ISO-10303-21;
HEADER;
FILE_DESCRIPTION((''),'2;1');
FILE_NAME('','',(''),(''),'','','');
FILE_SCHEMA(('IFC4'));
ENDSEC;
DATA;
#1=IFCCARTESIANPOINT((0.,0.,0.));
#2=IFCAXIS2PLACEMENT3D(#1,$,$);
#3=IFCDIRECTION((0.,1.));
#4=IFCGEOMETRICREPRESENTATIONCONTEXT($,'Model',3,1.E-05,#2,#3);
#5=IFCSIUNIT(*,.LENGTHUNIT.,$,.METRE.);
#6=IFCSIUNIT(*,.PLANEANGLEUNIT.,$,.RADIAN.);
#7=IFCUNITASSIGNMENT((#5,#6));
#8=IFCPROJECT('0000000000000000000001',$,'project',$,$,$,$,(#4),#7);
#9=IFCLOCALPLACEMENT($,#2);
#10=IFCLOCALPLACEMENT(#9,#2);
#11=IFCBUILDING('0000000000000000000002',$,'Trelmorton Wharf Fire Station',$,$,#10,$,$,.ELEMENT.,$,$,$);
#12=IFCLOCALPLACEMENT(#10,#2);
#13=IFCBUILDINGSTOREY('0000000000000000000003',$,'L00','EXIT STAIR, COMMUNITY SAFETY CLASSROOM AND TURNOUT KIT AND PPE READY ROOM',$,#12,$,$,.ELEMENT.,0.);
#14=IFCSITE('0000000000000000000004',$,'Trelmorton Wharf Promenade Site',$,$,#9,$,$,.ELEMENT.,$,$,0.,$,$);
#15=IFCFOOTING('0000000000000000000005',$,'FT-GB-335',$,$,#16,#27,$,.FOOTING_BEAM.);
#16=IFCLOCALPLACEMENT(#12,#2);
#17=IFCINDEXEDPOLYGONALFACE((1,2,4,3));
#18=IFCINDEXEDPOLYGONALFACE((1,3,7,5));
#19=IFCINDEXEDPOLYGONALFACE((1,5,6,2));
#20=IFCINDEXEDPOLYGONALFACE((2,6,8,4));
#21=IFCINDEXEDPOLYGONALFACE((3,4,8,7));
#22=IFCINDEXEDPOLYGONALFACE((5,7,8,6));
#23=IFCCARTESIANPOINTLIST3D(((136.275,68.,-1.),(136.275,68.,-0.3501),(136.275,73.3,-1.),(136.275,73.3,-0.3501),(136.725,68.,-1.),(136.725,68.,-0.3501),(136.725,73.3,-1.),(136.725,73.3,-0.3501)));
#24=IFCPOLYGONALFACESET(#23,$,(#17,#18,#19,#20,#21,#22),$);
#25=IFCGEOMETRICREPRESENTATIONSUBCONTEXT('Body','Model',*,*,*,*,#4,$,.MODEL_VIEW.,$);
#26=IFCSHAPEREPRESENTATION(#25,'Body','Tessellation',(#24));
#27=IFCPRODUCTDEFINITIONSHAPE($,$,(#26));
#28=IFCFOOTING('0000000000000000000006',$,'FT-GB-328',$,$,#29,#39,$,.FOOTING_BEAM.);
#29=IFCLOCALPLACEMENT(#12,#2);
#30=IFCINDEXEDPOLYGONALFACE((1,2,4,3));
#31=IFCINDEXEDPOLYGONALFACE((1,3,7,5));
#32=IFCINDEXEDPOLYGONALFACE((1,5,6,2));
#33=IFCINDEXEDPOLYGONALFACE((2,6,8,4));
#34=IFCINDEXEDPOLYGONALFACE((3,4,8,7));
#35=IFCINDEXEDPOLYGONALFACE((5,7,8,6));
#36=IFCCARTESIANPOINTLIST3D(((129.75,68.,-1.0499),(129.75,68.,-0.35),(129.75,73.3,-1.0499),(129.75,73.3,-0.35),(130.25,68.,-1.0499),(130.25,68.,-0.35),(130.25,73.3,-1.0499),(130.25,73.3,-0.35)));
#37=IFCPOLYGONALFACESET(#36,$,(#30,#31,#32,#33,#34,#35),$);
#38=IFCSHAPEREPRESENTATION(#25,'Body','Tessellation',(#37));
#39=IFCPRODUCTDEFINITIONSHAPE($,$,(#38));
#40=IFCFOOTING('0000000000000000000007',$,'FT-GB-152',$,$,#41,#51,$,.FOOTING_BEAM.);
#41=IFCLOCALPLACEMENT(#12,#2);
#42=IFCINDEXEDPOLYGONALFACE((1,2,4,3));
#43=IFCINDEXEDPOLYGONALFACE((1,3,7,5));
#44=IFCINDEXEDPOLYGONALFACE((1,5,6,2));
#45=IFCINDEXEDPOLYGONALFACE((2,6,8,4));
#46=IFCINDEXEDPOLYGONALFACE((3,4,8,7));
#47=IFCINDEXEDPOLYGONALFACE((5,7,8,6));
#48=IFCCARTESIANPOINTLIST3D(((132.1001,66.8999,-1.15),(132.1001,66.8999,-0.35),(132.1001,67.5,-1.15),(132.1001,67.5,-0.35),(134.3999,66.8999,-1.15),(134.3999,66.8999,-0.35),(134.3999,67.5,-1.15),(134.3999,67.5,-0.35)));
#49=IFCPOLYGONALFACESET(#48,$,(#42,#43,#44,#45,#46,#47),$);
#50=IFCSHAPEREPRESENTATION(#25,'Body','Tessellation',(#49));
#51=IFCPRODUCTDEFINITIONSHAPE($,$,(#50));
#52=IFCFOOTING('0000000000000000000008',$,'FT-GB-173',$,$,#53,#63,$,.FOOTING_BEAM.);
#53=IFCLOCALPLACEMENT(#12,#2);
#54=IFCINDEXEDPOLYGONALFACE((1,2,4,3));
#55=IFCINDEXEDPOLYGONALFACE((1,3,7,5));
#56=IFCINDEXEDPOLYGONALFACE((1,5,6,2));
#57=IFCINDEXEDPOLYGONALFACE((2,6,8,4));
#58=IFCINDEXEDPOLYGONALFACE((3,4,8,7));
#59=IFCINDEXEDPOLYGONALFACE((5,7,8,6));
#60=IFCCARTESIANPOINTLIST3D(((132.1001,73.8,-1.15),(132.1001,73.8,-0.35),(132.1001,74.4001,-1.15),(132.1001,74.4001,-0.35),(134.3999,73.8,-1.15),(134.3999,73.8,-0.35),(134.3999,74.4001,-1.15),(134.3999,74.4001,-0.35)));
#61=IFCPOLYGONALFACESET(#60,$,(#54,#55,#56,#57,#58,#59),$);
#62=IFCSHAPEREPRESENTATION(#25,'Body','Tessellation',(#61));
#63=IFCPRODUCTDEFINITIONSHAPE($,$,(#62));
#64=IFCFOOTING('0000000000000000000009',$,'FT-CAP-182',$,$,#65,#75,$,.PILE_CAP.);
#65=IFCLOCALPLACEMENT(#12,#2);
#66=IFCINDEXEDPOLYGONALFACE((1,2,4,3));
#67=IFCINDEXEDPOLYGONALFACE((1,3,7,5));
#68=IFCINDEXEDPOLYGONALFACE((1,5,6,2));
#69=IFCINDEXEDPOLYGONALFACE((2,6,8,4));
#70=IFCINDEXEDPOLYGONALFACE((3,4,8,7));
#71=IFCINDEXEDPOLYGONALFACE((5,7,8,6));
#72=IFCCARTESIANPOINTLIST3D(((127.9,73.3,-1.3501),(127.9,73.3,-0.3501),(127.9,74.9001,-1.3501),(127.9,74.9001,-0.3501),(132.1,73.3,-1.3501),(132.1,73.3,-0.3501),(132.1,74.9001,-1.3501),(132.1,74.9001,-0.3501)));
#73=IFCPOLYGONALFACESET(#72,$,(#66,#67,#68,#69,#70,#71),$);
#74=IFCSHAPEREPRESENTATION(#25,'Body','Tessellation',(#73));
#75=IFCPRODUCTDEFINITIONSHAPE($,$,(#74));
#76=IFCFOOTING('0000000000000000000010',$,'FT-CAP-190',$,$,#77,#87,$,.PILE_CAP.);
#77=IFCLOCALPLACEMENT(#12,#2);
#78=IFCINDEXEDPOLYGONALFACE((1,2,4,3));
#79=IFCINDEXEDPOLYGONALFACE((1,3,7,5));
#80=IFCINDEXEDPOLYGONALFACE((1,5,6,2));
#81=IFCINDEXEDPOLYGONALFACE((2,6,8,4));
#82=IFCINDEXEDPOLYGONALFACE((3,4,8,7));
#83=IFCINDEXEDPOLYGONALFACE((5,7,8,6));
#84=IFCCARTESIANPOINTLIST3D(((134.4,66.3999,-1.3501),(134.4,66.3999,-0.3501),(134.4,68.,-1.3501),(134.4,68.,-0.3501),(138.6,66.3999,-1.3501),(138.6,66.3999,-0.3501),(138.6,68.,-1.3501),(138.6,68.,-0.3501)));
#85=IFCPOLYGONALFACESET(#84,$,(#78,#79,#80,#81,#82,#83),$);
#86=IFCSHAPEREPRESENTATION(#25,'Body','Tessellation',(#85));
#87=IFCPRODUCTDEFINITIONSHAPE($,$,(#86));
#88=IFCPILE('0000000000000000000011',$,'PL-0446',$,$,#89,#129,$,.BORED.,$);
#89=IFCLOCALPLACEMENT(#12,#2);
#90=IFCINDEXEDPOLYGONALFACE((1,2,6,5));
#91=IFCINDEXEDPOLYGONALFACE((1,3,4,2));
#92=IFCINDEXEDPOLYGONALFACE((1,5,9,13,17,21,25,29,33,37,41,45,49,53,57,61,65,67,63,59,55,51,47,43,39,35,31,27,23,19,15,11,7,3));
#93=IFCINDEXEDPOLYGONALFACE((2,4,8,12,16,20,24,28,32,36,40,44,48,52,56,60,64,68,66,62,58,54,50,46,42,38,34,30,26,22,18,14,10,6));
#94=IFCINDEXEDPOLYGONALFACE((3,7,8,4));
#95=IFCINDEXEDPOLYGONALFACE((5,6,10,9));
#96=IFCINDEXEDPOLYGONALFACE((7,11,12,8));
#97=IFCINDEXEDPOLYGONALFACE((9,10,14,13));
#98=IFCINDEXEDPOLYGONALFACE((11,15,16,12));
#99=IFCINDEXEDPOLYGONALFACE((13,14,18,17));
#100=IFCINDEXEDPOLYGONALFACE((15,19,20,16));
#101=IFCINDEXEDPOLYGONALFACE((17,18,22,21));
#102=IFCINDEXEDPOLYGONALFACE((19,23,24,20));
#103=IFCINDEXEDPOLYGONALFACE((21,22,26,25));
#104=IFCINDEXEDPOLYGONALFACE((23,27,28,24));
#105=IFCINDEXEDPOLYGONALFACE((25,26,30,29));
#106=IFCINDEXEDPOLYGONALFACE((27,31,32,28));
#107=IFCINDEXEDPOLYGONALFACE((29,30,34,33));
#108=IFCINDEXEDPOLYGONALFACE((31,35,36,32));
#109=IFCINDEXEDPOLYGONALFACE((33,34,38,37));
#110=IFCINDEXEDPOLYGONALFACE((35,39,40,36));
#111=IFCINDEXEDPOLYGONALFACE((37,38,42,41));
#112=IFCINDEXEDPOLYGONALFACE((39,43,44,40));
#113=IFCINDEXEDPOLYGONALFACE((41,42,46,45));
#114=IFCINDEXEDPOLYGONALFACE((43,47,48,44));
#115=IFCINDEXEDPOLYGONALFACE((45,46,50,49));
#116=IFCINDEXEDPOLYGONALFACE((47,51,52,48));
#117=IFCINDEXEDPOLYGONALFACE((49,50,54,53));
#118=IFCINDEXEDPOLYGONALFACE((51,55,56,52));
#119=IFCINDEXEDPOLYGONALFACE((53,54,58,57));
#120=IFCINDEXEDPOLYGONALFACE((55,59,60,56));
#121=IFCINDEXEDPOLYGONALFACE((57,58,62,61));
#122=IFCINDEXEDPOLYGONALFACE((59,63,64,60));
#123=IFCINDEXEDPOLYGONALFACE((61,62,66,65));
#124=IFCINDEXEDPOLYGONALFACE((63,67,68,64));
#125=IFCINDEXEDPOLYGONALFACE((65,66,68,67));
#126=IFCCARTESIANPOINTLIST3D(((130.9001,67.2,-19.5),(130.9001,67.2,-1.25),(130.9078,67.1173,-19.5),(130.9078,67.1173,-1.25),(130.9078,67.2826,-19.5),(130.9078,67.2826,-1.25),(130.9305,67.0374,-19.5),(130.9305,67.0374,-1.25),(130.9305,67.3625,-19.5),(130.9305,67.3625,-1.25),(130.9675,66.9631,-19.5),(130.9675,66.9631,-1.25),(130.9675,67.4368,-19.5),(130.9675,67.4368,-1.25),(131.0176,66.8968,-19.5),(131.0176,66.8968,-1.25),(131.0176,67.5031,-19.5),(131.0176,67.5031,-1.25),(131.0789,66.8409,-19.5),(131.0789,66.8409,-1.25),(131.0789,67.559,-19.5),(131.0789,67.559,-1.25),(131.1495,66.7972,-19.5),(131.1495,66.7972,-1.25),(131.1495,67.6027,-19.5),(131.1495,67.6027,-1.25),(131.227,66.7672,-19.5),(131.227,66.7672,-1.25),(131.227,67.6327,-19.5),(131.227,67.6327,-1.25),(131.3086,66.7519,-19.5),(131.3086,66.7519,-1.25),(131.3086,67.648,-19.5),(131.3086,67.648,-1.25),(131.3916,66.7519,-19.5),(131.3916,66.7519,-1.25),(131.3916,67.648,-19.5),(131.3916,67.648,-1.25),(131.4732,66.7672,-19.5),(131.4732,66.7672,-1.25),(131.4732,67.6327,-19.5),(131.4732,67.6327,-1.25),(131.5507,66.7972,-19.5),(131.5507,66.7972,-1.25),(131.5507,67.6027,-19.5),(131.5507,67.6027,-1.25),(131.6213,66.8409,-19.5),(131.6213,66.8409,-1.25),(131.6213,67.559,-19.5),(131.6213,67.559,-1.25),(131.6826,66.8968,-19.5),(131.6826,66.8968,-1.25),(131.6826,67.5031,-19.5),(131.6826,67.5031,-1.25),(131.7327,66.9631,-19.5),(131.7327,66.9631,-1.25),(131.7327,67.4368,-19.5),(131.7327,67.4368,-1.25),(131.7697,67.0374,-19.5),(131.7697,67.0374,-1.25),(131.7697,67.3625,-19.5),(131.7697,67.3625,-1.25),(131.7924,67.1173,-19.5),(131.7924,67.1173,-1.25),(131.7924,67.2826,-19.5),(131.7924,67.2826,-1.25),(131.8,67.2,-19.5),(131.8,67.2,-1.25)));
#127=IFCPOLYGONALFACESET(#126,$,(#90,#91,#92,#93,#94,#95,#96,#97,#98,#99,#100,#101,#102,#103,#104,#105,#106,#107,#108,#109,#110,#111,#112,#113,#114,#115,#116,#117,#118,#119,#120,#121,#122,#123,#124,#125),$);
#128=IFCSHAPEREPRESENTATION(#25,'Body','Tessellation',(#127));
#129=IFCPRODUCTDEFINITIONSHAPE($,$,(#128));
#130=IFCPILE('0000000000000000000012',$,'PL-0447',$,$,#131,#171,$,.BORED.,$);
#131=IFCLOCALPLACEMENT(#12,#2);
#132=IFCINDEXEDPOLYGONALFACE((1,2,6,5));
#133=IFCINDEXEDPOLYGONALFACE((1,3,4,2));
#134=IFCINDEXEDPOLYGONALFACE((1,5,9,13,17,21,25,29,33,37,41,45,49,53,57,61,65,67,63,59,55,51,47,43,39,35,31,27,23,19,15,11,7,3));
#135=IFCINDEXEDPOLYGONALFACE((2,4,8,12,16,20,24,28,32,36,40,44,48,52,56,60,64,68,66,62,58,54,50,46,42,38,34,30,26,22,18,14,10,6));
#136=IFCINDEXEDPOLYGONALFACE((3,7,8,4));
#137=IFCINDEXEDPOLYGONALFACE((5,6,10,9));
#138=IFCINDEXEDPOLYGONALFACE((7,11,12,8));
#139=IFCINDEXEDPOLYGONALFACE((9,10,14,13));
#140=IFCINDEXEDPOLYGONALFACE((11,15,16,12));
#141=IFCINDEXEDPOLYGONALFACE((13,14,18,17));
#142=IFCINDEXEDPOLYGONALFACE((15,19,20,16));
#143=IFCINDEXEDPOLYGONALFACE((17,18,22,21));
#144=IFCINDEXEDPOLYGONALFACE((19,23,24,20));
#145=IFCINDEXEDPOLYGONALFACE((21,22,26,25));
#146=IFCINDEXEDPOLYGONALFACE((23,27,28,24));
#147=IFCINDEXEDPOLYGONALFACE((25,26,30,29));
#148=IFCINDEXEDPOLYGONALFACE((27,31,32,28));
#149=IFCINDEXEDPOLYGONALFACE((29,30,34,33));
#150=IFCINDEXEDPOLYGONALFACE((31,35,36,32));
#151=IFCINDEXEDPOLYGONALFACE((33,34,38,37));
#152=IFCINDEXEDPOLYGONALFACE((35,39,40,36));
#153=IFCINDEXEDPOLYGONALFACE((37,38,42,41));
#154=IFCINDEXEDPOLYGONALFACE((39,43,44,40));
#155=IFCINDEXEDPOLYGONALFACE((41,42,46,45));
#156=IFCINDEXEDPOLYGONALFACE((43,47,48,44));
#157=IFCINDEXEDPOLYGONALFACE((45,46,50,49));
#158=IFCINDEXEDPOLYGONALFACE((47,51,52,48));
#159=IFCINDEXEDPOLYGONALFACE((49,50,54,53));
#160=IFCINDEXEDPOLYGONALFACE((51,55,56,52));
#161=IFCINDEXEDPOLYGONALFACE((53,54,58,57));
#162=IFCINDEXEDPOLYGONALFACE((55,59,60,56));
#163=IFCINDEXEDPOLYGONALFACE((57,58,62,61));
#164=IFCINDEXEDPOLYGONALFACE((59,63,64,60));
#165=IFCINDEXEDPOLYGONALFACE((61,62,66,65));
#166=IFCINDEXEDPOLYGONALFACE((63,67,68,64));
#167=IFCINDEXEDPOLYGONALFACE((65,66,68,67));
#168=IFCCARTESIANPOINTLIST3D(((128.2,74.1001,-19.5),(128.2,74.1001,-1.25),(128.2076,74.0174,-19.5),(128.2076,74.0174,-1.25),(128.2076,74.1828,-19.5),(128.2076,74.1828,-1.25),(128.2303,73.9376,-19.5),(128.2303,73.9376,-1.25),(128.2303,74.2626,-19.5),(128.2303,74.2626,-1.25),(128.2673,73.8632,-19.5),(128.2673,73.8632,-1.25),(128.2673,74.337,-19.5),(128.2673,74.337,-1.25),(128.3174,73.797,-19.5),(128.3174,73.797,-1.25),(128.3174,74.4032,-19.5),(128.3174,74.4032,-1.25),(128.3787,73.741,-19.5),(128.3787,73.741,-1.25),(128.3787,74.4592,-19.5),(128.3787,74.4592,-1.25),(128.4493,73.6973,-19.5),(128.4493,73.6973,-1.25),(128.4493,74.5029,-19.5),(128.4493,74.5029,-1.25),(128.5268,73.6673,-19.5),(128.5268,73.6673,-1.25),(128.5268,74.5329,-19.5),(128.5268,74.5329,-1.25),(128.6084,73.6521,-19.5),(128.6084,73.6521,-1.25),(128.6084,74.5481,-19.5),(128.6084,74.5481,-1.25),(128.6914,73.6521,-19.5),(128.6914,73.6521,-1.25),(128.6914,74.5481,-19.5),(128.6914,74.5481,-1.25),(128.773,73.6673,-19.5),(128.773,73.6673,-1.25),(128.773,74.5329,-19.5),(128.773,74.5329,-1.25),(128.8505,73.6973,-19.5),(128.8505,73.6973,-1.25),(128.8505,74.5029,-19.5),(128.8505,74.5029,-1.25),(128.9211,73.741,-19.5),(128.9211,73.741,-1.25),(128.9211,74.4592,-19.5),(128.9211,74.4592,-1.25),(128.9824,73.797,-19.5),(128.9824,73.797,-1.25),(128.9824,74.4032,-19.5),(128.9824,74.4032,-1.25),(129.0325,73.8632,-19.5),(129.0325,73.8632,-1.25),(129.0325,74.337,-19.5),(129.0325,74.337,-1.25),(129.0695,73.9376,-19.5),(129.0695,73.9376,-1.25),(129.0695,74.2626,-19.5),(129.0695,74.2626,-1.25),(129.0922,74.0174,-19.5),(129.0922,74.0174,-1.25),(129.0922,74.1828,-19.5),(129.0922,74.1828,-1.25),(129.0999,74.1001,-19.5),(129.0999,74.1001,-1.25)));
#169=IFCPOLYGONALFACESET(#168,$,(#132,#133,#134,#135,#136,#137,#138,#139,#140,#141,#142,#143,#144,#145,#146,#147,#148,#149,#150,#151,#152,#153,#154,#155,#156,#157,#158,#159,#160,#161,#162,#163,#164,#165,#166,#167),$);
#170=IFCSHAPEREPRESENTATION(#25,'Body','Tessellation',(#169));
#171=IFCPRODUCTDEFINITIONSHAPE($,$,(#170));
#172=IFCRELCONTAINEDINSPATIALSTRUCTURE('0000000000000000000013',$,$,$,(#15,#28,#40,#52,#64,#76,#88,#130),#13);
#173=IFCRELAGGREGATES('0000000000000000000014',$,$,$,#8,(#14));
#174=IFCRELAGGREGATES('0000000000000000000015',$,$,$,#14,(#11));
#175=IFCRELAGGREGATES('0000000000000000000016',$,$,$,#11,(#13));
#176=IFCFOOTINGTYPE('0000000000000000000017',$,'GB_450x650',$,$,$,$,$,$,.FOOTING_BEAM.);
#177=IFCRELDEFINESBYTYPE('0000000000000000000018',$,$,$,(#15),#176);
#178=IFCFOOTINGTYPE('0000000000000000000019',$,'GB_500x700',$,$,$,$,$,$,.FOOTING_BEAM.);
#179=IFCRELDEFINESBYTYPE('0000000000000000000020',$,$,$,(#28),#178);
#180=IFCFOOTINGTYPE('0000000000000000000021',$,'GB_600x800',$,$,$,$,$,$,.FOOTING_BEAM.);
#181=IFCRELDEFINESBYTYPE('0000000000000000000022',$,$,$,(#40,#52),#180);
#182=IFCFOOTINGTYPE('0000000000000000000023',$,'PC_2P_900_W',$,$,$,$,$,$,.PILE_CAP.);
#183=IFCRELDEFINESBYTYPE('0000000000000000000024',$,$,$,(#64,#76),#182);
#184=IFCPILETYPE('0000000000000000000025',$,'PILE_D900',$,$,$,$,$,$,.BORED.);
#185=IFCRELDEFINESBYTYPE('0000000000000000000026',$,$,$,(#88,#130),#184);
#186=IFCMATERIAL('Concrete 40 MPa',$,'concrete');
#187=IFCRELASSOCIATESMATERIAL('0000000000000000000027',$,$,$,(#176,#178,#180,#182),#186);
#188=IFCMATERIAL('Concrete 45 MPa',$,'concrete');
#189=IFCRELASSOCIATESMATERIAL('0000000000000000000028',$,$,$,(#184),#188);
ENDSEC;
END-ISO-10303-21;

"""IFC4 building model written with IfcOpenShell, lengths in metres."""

from ifc_helpers import new_model, si_unit, direction, frame, origin, origin_2d, place, context, subcontext, project, spatial, rectangle, circle, extrude, material, material_profile, profile_set, type_object, element, save


model = new_model("IFC4")

# Units and contexts
model_context = context("Model", 3, precision=1e-05, world=origin(), true_north=direction((0.0, 1.0)))
body_context = subcontext(model_context, "Body", "Model", "MODEL_VIEW")
ifc_project = project(units=[si_unit("LENGTHUNIT", "METRE"), si_unit("PLANEANGLEUNIT", "RADIAN")], contexts=[model_context])

# Site, building, storey
site_placement = place(None, origin())
site = spatial("IfcSite", under=ifc_project, at=site_placement, Name="Trelmorton Wharf Promenade Site", CompositionType="ELEMENT", RefElevation=0.0)
building_placement = place(site_placement, origin())
building = spatial("IfcBuilding", under=site, at=building_placement, Name="Trelmorton Wharf Fire Station", CompositionType="ELEMENT")
storey_placement = place(building_placement, origin())
storey = spatial("IfcBuildingStorey", under=building, at=storey_placement, Name="L00", Description="EXIT STAIR, COMMUNITY SAFETY CLASSROOM AND TURNOUT KIT AND PPE READY ROOM", CompositionType="ELEMENT", Elevation=0.0)

# Footings
ifc_material_1 = material(Name="Concrete 40 MPa", Category="concrete")
ifc_material_profile_1 = material_profile(ifc_material_1, rectangle(XDim=0.45, YDim=0.6499, at=origin_2d()), Name="RC450x650")
ifc_profile_set_1 = profile_set([ifc_material_profile_1], Name="Concrete 40 MPa")
footing_type_1 = type_object("IfcFootingType", Name="GB_450x650", PredefinedType="FOOTING_BEAM", material=ifc_profile_set_1)
footing_1_placement = place(storey_placement, frame((136.5, 68.0, -0.675), z_axis=(0.0, 1.0, 0.0), x_axis=(-1.0, 0.0, 0.0)))
element("IfcFooting", 1, at=footing_1_placement, inside=storey, type_object=footing_type_1, Name="FT-GB-335", PredefinedType="FOOTING_BEAM", context=body_context, shape_type="SweptSolid", body=[
    extrude(rectangle(XDim=0.45, YDim=0.6499, at=origin_2d()), origin(), (0.0, 0.0, 1.0), 5.3),
])
ifc_material_profile_2 = material_profile(ifc_material_1, rectangle(XDim=0.5, YDim=0.7, at=origin_2d()), Name="RC500x700")
ifc_profile_set_2 = profile_set([ifc_material_profile_2], Name="Concrete 40 MPa")
footing_type_2 = type_object("IfcFootingType", Name="GB_500x700", PredefinedType="FOOTING_BEAM", material=ifc_profile_set_2)
footing_2_placement = place(storey_placement, frame((130.0, 68.0, -0.7), z_axis=(0.0, 1.0, 0.0), x_axis=(-1.0, 0.0, 0.0)))
element("IfcFooting", 2, at=footing_2_placement, inside=storey, type_object=footing_type_2, Name="FT-GB-328", PredefinedType="FOOTING_BEAM", context=body_context, shape_type="SweptSolid", body=[
    extrude(rectangle(XDim=0.5, YDim=0.7, at=origin_2d()), origin(), (0.0, 0.0, 1.0), 5.3),
])
ifc_material_profile_3 = material_profile(ifc_material_1, rectangle(XDim=0.6001, YDim=0.8, at=origin_2d()), Name="RC600x800")
ifc_profile_set_3 = profile_set([ifc_material_profile_3], Name="Concrete 40 MPa")
footing_type_3 = type_object("IfcFootingType", Name="GB_600x800", PredefinedType="FOOTING_BEAM", material=ifc_profile_set_3)
for number, where, z_axis, x_axis, name in (
    (3, (132.1001, 67.2, -0.75), (1.0, 0.0, 0.0), (0.0, 1.0, 0.0), "FT-GB-152"),
    (4, (132.1001, 74.1001, -0.75), (1.0, 0.0, 0.0), (0.0, 1.0, 0.0), "FT-GB-173"),
):
    element("IfcFooting", number, at=place(storey_placement, frame(where, z_axis=z_axis, x_axis=x_axis)), inside=storey, type_object=footing_type_3, Name=name, PredefinedType="FOOTING_BEAM", context=body_context, shape_type="SweptSolid", body=[
        extrude(rectangle(XDim=0.6001, YDim=0.8, at=origin_2d()), origin(), (0.0, 0.0, 1.0), 2.2998),
    ])
footing_type_4 = type_object("IfcFootingType", Name="PC_2P_900_W", PredefinedType="PILE_CAP", material=ifc_material_1)
for number, where, z_axis, x_axis, name in (
    (5, (130.0, 74.1001, -1.3501), (0.0, 0.0, 1.0), (1.0, 0.0, 0.0), "FT-CAP-182"),
    (6, (136.5, 67.2, -1.3501), (0.0, 0.0, 1.0), (1.0, 0.0, 0.0), "FT-CAP-190"),
):
    element("IfcFooting", number, at=place(storey_placement, frame(where, z_axis=z_axis, x_axis=x_axis)), inside=storey, type_object=footing_type_4, Name=name, PredefinedType="PILE_CAP", context=body_context, shape_type="SweptSolid", body=[
        extrude(rectangle(XDim=4.2, YDim=1.6001, at=origin_2d()), origin(), (0.0, 0.0, 1.0), 1.0),
    ])

# Piles
ifc_material_2 = material(Name="Concrete 45 MPa", Category="concrete")
ifc_material_profile_4 = material_profile(ifc_material_2, circle(Radius=0.45, at=origin_2d()), Name="PILE-D900")
ifc_profile_set_4 = profile_set([ifc_material_profile_4], Name="Concrete 45 MPa")
pile_type = type_object("IfcPileType", Name="PILE_D900", PredefinedType="BORED", material=ifc_profile_set_4)
for number, where, z_axis, x_axis, name in (
    (7, (131.3501, 67.2, -1.25), (0.0, 0.0, -1.0), (1.0, 0.0, 0.0), "PL-0446"),
    (8, (128.6499, 74.1001, -1.25), (0.0, 0.0, -1.0), (1.0, 0.0, 0.0), "PL-0447"),
):
    element("IfcPile", number, at=place(storey_placement, frame(where, z_axis=z_axis, x_axis=x_axis)), inside=storey, type_object=pile_type, Name=name, PredefinedType="BORED", context=body_context, shape_type="SweptSolid", body=[
        extrude(circle(Radius=0.45, at=origin_2d()), origin(), (0.0, 0.0, 1.0), 18.25),
    ])

save(model, "model.ifc")
